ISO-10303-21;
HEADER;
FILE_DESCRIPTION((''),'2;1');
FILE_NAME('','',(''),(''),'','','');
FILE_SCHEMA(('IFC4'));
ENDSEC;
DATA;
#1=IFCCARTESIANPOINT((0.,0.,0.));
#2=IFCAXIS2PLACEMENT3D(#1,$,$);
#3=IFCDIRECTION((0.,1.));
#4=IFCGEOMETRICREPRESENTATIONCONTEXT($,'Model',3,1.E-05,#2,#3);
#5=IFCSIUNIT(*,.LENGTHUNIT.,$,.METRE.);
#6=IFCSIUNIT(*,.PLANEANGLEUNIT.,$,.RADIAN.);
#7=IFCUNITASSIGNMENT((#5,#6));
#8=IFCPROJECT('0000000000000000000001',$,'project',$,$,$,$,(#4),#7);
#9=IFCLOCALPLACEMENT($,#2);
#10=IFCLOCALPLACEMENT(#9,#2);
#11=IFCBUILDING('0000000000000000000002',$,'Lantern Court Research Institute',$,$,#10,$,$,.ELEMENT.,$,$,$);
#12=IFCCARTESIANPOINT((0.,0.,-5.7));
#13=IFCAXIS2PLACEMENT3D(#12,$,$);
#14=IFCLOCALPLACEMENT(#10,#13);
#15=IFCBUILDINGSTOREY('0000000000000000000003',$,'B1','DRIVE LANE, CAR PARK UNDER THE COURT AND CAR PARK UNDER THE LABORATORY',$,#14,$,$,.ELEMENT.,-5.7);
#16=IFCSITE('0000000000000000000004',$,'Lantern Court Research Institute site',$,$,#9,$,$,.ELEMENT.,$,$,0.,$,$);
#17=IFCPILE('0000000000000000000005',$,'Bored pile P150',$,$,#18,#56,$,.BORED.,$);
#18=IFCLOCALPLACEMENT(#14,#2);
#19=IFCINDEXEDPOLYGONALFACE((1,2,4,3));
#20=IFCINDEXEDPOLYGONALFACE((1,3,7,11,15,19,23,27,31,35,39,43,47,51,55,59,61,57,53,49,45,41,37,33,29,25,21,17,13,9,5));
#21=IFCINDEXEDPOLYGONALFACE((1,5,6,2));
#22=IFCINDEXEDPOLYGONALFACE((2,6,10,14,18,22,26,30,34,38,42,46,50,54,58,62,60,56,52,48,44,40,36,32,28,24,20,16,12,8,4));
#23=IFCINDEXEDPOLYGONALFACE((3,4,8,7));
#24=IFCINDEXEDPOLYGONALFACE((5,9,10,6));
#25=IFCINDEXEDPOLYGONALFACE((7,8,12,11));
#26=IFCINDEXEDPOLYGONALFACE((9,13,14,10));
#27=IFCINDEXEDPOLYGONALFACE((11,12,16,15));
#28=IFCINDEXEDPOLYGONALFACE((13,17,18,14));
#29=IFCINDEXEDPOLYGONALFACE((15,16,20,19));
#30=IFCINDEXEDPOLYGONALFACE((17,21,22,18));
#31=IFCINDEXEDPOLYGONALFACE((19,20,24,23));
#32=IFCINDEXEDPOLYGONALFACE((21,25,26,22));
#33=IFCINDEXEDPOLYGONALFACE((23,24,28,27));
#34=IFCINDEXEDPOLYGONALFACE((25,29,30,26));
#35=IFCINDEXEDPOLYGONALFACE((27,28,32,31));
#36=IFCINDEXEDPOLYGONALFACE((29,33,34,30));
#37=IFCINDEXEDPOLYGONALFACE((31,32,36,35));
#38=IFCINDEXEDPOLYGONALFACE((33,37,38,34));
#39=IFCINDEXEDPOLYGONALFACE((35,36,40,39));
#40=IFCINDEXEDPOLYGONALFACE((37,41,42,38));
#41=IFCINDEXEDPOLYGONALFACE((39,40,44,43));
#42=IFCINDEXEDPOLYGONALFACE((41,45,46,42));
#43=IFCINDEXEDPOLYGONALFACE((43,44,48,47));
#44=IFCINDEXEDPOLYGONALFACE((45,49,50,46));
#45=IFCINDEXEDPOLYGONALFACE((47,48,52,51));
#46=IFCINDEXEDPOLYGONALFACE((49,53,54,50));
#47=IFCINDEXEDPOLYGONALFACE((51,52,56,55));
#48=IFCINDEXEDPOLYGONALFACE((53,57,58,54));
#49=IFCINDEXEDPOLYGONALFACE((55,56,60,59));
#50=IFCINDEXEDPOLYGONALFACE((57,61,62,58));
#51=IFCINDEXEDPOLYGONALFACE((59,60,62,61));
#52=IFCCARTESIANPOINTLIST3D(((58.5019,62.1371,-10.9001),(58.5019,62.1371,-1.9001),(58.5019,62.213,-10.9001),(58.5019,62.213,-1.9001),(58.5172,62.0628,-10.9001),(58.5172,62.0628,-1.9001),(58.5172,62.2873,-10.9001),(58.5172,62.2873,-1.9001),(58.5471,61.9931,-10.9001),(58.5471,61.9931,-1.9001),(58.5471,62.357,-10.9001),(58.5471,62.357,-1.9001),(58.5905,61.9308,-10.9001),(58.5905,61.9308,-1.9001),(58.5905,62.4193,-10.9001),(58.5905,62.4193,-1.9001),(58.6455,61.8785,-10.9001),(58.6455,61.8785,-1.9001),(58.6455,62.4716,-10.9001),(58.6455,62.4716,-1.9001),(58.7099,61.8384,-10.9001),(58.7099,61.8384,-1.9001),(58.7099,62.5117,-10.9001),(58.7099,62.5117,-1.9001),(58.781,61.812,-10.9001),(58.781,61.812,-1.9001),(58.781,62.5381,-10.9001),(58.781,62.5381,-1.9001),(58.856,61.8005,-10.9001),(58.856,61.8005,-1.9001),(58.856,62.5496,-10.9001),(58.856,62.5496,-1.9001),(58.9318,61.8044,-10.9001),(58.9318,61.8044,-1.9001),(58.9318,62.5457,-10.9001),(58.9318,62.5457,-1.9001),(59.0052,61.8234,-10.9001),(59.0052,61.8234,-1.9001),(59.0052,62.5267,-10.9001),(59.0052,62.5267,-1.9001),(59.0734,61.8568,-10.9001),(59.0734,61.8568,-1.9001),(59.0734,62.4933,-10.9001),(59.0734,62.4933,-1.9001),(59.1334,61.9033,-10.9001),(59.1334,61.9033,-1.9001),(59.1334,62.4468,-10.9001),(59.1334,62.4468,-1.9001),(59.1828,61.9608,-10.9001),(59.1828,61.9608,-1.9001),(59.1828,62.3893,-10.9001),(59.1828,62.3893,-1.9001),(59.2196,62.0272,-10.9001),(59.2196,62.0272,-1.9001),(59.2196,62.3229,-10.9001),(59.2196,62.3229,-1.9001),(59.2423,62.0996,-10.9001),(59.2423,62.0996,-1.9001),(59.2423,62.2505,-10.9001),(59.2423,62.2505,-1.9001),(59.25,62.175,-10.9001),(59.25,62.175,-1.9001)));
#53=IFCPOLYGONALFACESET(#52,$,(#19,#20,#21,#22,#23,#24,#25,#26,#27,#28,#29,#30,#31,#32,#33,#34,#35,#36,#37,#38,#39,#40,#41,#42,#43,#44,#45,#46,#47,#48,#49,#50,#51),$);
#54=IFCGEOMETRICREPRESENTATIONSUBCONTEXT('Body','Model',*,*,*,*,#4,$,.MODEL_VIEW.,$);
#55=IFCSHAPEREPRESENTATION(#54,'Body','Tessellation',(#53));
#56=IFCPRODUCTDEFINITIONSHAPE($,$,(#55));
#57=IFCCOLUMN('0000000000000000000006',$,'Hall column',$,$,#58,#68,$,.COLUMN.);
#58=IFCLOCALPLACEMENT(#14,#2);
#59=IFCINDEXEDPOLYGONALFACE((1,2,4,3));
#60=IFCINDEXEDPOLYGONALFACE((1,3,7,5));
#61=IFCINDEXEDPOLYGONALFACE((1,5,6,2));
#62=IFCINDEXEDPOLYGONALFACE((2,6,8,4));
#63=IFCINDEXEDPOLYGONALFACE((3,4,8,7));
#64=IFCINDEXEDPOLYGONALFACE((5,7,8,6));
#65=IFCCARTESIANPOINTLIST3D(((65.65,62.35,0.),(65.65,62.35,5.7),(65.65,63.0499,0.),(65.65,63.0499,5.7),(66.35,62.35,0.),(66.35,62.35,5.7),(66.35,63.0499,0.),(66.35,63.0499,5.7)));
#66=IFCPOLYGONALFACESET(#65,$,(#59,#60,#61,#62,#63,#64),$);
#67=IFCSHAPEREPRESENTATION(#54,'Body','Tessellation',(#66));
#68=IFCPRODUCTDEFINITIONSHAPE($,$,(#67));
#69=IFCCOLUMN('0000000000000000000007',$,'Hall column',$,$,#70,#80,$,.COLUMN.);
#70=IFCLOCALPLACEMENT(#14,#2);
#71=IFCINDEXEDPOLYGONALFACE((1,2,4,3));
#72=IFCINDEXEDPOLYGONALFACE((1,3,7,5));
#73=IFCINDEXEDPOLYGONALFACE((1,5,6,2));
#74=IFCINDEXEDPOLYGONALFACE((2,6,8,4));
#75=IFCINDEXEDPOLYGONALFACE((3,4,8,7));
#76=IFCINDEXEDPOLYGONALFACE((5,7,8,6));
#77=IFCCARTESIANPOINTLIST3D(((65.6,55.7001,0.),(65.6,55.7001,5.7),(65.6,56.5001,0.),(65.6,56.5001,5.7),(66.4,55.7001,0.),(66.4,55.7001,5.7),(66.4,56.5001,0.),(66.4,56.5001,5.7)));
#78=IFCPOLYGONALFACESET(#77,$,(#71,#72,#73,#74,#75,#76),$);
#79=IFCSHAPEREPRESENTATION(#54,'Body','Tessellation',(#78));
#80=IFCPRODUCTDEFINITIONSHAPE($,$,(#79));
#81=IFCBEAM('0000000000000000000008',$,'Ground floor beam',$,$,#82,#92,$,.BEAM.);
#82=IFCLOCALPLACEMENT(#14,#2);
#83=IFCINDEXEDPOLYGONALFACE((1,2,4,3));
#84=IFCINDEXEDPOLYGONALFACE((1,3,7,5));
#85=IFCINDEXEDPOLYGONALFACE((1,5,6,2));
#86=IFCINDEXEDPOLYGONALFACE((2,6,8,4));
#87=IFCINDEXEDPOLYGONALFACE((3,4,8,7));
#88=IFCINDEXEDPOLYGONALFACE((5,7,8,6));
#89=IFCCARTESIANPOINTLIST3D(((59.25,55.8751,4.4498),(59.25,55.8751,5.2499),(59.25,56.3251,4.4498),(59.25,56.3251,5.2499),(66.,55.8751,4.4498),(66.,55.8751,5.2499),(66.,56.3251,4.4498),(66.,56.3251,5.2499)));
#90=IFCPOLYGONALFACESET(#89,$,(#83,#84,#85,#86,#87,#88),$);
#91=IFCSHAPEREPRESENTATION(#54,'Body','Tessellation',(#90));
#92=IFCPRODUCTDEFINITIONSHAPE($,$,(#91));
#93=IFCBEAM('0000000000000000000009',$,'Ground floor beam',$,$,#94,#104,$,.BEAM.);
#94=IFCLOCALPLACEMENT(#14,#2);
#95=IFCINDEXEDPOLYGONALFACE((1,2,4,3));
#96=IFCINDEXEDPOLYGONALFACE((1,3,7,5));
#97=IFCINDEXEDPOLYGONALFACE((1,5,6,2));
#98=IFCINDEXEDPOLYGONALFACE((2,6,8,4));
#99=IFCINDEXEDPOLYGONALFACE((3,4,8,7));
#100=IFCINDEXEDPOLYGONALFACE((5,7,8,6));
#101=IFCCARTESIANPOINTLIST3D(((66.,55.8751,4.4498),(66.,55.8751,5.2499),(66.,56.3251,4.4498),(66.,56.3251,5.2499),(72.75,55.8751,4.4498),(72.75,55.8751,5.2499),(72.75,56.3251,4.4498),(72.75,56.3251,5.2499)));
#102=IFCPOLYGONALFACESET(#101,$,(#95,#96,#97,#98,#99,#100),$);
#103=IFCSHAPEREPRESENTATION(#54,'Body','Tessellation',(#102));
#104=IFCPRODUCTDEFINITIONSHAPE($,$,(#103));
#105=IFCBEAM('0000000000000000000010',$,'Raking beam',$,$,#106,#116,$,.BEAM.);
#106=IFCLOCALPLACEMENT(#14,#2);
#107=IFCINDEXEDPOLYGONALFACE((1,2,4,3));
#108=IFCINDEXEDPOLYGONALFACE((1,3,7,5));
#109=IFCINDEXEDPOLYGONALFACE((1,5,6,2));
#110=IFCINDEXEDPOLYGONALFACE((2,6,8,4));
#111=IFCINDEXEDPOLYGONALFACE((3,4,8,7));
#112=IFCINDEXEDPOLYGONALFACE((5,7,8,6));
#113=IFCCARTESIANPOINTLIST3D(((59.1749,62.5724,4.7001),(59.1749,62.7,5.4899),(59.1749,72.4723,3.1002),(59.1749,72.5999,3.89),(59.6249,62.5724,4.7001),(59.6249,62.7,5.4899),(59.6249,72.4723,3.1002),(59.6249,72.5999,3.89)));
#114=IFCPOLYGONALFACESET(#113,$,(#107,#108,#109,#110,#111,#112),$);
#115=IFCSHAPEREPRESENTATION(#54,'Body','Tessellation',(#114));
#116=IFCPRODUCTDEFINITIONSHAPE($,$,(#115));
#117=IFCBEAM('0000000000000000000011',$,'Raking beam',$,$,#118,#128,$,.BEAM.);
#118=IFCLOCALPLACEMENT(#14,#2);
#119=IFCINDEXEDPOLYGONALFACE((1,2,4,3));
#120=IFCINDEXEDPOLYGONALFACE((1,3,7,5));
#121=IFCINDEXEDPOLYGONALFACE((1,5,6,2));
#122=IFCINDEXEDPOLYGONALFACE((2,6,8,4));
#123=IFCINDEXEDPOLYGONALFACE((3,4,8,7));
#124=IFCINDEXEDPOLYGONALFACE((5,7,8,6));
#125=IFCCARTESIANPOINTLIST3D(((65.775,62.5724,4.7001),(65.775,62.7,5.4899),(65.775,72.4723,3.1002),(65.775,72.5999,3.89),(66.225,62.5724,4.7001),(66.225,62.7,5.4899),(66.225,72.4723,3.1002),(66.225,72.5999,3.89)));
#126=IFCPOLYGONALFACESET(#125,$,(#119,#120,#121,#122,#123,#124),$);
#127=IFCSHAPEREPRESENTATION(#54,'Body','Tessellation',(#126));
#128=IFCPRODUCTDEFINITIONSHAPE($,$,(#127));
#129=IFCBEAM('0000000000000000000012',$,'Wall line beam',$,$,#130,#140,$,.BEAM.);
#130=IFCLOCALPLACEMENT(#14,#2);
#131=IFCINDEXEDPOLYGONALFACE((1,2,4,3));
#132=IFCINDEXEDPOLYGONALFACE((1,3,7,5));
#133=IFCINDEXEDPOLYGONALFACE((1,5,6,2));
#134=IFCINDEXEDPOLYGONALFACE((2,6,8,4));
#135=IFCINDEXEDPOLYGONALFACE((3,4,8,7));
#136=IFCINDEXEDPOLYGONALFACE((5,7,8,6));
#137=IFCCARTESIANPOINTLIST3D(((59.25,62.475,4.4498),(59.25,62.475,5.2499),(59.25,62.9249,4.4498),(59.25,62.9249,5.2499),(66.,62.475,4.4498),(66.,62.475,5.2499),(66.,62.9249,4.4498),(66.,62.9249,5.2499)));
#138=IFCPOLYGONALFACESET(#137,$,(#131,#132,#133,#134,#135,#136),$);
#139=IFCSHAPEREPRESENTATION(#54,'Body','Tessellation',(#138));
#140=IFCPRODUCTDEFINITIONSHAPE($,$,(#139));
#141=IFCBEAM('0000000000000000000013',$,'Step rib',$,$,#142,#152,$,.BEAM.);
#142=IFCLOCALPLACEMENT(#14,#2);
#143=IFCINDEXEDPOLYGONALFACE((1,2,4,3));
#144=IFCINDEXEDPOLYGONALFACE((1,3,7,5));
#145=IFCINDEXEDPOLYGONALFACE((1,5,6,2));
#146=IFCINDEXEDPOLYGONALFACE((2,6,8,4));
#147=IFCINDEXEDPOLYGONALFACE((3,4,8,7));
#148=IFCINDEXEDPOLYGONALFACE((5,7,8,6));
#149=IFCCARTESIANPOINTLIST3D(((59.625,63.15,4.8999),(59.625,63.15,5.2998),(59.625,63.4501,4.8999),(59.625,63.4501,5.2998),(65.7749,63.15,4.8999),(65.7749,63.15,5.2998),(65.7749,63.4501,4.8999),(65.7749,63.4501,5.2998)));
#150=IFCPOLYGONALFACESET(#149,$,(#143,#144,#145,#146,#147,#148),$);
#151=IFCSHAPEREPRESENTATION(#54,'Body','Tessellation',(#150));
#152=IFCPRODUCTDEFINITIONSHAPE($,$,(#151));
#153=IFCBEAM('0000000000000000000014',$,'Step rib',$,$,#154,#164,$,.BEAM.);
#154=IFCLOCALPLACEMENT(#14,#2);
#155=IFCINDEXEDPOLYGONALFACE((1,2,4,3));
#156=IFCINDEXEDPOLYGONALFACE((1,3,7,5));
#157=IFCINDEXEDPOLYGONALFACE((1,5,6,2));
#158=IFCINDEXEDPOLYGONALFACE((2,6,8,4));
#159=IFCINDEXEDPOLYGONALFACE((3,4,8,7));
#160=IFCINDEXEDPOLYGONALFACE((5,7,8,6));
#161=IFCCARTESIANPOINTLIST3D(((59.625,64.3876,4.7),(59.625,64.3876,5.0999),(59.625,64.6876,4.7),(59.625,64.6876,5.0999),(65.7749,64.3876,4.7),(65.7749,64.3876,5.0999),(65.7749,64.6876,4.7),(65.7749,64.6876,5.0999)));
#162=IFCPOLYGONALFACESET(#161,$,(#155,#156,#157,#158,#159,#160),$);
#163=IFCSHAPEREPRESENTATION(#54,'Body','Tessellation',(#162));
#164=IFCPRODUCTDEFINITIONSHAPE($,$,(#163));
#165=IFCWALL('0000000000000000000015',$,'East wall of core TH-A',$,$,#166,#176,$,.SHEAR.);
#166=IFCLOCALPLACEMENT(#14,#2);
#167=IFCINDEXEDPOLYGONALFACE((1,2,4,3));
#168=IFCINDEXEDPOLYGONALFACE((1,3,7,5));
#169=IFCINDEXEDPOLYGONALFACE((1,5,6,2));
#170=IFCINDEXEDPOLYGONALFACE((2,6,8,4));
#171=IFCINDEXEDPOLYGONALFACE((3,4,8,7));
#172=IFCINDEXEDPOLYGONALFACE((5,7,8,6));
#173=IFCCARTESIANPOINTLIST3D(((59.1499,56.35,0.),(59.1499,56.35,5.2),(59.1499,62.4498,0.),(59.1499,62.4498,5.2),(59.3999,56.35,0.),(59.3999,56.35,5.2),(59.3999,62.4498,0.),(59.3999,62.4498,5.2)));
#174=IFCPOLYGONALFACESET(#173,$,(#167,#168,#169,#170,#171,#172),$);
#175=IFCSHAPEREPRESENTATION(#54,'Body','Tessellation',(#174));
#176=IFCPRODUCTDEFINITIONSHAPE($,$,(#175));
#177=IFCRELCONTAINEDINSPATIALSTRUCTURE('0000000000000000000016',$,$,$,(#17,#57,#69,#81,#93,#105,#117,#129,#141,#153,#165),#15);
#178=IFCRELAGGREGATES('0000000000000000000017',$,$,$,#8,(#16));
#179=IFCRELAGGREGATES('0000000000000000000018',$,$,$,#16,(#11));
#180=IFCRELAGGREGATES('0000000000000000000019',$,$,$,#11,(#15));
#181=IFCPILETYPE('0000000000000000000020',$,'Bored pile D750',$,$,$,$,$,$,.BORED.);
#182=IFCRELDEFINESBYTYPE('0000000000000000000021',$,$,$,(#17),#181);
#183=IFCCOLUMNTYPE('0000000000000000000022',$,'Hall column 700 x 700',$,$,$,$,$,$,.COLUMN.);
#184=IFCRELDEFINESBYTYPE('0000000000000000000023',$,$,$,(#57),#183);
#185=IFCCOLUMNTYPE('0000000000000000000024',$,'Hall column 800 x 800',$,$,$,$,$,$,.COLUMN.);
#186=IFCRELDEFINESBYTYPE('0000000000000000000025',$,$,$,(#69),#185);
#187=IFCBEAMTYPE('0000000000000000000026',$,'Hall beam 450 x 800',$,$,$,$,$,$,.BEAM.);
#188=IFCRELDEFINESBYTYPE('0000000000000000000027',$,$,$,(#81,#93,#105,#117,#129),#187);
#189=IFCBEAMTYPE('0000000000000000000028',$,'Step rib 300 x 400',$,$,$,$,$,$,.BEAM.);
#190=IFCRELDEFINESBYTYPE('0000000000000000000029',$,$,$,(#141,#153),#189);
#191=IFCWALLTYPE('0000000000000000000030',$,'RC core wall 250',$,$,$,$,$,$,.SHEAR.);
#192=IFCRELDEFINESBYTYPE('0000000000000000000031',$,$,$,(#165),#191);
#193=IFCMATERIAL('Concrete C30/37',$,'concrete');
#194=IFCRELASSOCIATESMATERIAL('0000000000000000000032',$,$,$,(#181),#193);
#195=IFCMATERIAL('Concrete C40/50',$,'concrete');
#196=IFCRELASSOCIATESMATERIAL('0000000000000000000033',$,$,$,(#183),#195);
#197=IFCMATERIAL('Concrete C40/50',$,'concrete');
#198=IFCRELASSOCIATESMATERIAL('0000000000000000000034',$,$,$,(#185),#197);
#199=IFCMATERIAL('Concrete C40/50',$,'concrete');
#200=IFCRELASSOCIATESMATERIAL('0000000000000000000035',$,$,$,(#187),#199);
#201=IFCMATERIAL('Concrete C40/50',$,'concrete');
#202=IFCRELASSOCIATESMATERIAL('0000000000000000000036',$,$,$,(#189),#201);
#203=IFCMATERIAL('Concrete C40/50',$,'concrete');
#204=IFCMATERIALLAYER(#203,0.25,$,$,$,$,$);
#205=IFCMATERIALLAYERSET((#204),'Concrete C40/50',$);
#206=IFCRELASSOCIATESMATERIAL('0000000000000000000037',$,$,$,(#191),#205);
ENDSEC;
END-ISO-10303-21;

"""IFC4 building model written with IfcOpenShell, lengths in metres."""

from ifc_helpers import new_model, si_unit, direction, frame, frame_2d, origin, origin_2d, place, context, subcontext, project, spatial, rectangle, circle, extrude, material, layer, layer_set, material_profile, profile_set, type_object, element, save


model = new_model("IFC4")

# Units and contexts
model_context = context("Model", 3, precision=1e-05, world=origin(), true_north=direction((0.0, 1.0)))
body_context = subcontext(model_context, "Body", "Model", "MODEL_VIEW")
ifc_project = project(units=[si_unit("LENGTHUNIT", "METRE"), si_unit("PLANEANGLEUNIT", "RADIAN")], contexts=[model_context])

# Site, building, storey
site_placement = place(None, origin())
site = spatial("IfcSite", under=ifc_project, at=site_placement, Name="Lantern Court Research Institute site", CompositionType="ELEMENT", RefElevation=0.0)
building_placement = place(site_placement, origin())
building = spatial("IfcBuilding", under=site, at=building_placement, Name="Lantern Court Research Institute", CompositionType="ELEMENT")
storey_placement = place(building_placement, frame((0.0, 0.0, -5.7)))
storey = spatial("IfcBuildingStorey", under=building, at=storey_placement, Name="B1", Description="DRIVE LANE, CAR PARK UNDER THE COURT AND CAR PARK UNDER THE LABORATORY", CompositionType="ELEMENT", Elevation=-5.7)

# Pile
ifc_material_1 = material(Name="Concrete C30/37", Category="concrete")
ifc_material_profile_1 = material_profile(ifc_material_1, circle(Radius=0.375, at=origin_2d()), Name="Bored pile D750")
ifc_profile_set_1 = profile_set([ifc_material_profile_1], Name="Concrete C30/37")
pile_type_1 = type_object("IfcPileType", Name="Bored pile D750", PredefinedType="BORED", material=ifc_profile_set_1)
for number, where, z_axis, x_axis, name in (
    (1, (58.875, 62.175, -1.9001), (0.0, 0.0, -1.0), (1.0, 0.0, 0.0), "Bored pile P150"),
):
    element("IfcPile", number, at=place(storey_placement, frame(where, z_axis=z_axis, x_axis=x_axis)), inside=storey, type_object=pile_type_1, Name=name, PredefinedType="BORED", context=body_context, shape_type="SweptSolid", body=[
        extrude(circle(Radius=0.375, at=origin_2d()), origin(), (0.0, 0.0, 1.0), 9.0),
    ])

# Columns
ifc_material_2 = material(Name="Concrete C40/50", Category="concrete")
ifc_material_profile_2 = material_profile(ifc_material_2, rectangle(XDim=0.7, YDim=0.7, at=origin_2d()), Name="Hall column 700 x 700")
ifc_profile_set_2 = profile_set([ifc_material_profile_2], Name="Concrete C40/50")
column_type_1 = type_object("IfcColumnType", Name="Hall column 700 x 700", PredefinedType="COLUMN", material=ifc_profile_set_2)
column_1_placement = place(storey_placement, frame((66.0, 62.7, 0.0), z_axis=(0.0, 0.0, 1.0), x_axis=(1.0, 0.0, 0.0)))
element("IfcColumn", 2, at=column_1_placement, inside=storey, type_object=column_type_1, Name="Hall column", PredefinedType="COLUMN", context=body_context, shape_type="SweptSolid", body=[
    extrude(rectangle(XDim=0.7, YDim=0.7, at=origin_2d()), origin(), (0.0, 0.0, 1.0), 5.7),
])
ifc_material_3 = material(Name="Concrete C40/50", Category="concrete")
ifc_material_profile_3 = material_profile(ifc_material_3, rectangle(XDim=0.8, YDim=0.8, at=origin_2d()), Name="Hall column 800 x 800")
ifc_profile_set_3 = profile_set([ifc_material_profile_3], Name="Concrete C40/50")
column_type_2 = type_object("IfcColumnType", Name="Hall column 800 x 800", PredefinedType="COLUMN", material=ifc_profile_set_3)
column_2_placement = place(storey_placement, frame((66.0, 56.1001, 0.0), z_axis=(0.0, 0.0, 1.0), x_axis=(1.0, 0.0, 0.0)))
element("IfcColumn", 3, at=column_2_placement, inside=storey, type_object=column_type_2, Name="Hall column", PredefinedType="COLUMN", context=body_context, shape_type="SweptSolid", body=[
    extrude(rectangle(XDim=0.8, YDim=0.8, at=origin_2d()), origin(), (0.0, 0.0, 1.0), 5.7),
])

# Beams
ifc_material_4 = material(Name="Concrete C40/50", Category="concrete")
ifc_material_profile_4 = material_profile(ifc_material_4, rectangle(XDim=0.45, YDim=0.8, at=origin_2d()), Name="Hall beam 450 x 800")
ifc_profile_set_4 = profile_set([ifc_material_profile_4], Name="Concrete C40/50")
beam_type_1 = type_object("IfcBeamType", Name="Hall beam 450 x 800", PredefinedType="BEAM", material=ifc_profile_set_4)
for number, where, z_axis, x_axis, name in (
    (4, (59.25, 56.1001, 4.8499), (1.0, 0.0, 0.0), (0.0, 1.0, 0.0), "Ground floor beam"),
    (5, (66.0, 56.1001, 4.8499), (1.0, 0.0, 0.0), (0.0, 1.0, 0.0), "Ground floor beam"),
):
    element("IfcBeam", number, at=place(storey_placement, frame(where, z_axis=z_axis, x_axis=x_axis)), inside=storey, type_object=beam_type_1, Name=name, PredefinedType="BEAM", context=body_context, shape_type="SweptSolid", body=[
        extrude(rectangle(XDim=0.45, YDim=0.8, at=origin_2d()), origin(), (0.0, 0.0, 1.0), 6.75),
    ])
for number, where, z_axis, x_axis, name in (
    (6, (59.3999, 62.6362, 5.095), (0.0, 0.987193, -0.159533), (-1.0, 0.0, 0.0), "Raking beam"),
    (7, (66.0, 62.6362, 5.095), (0.0, 0.987193, -0.159533), (-1.0, 0.0, 0.0), "Raking beam"),
):
    element("IfcBeam", number, at=place(storey_placement, frame(where, z_axis=z_axis, x_axis=x_axis)), inside=storey, type_object=beam_type_1, Name=name, PredefinedType="BEAM", context=body_context, shape_type="SweptSolid", body=[
        extrude(rectangle(XDim=0.45, YDim=0.8, at=origin_2d()), origin(), (0.0, 0.0, 1.0), 10.0283),
    ])
beam_placement = place(storey_placement, frame((59.25, 62.7, 4.8499), z_axis=(1.0, 0.0, 0.0), x_axis=(0.0, 1.0, 0.0)))
element("IfcBeam", 8, at=beam_placement, inside=storey, type_object=beam_type_1, Name="Wall line beam", PredefinedType="BEAM", context=body_context, shape_type="SweptSolid", body=[
    extrude(rectangle(XDim=0.45, YDim=0.8, at=origin_2d()), origin(), (0.0, 0.0, 1.0), 6.75),
])
ifc_material_5 = material(Name="Concrete C40/50", Category="concrete")
ifc_material_profile_5 = material_profile(ifc_material_5, rectangle(XDim=0.3, YDim=0.3999, at=origin_2d()), Name="Step rib 300 x 400")
ifc_profile_set_5 = profile_set([ifc_material_profile_5], Name="Concrete C40/50")
beam_type_2 = type_object("IfcBeamType", Name="Step rib 300 x 400", PredefinedType="BEAM", material=ifc_profile_set_5)
for number, where, z_axis, x_axis, name in (
    (9, (59.625, 63.3, 5.0999), (1.0, 0.0, 0.0), (0.0, 1.0, 0.0), "Step rib"),
    (10, (59.625, 64.5376, 4.8999), (1.0, 0.0, 0.0), (0.0, 1.0, 0.0), "Step rib"),
):
    element("IfcBeam", number, at=place(storey_placement, frame(where, z_axis=z_axis, x_axis=x_axis)), inside=storey, type_object=beam_type_2, Name=name, PredefinedType="BEAM", context=body_context, shape_type="SweptSolid", body=[
        extrude(rectangle(XDim=0.3, YDim=0.3999, at=origin_2d()), origin(), (0.0, 0.0, 1.0), 6.1499),
    ])

# Wall
ifc_material_6 = material(Name="Concrete C40/50", Category="concrete")
ifc_layer = layer(ifc_material_6, 0.25)
ifc_layer_set = layer_set([ifc_layer], Name="Concrete C40/50")
wall_type = type_object("IfcWallType", Name="RC core wall 250", PredefinedType="SHEAR", material=ifc_layer_set)
wall_placement = place(storey_placement, frame((59.2749, 56.3501, 0.0), z_axis=(0.0, 0.0, 1.0), x_axis=(0.0, 1.0, 0.0)))
element("IfcWall", 11, at=wall_placement, inside=storey, type_object=wall_type, Name="East wall of core TH-A", PredefinedType="SHEAR", context=body_context, shape_type="SweptSolid", body=[
    extrude(rectangle(XDim=6.0999, YDim=0.25, at=frame_2d((3.0498, 0.0))), origin(), (0.0, 0.0, 1.0), 5.2),
])

save(model, "model.ifc")
